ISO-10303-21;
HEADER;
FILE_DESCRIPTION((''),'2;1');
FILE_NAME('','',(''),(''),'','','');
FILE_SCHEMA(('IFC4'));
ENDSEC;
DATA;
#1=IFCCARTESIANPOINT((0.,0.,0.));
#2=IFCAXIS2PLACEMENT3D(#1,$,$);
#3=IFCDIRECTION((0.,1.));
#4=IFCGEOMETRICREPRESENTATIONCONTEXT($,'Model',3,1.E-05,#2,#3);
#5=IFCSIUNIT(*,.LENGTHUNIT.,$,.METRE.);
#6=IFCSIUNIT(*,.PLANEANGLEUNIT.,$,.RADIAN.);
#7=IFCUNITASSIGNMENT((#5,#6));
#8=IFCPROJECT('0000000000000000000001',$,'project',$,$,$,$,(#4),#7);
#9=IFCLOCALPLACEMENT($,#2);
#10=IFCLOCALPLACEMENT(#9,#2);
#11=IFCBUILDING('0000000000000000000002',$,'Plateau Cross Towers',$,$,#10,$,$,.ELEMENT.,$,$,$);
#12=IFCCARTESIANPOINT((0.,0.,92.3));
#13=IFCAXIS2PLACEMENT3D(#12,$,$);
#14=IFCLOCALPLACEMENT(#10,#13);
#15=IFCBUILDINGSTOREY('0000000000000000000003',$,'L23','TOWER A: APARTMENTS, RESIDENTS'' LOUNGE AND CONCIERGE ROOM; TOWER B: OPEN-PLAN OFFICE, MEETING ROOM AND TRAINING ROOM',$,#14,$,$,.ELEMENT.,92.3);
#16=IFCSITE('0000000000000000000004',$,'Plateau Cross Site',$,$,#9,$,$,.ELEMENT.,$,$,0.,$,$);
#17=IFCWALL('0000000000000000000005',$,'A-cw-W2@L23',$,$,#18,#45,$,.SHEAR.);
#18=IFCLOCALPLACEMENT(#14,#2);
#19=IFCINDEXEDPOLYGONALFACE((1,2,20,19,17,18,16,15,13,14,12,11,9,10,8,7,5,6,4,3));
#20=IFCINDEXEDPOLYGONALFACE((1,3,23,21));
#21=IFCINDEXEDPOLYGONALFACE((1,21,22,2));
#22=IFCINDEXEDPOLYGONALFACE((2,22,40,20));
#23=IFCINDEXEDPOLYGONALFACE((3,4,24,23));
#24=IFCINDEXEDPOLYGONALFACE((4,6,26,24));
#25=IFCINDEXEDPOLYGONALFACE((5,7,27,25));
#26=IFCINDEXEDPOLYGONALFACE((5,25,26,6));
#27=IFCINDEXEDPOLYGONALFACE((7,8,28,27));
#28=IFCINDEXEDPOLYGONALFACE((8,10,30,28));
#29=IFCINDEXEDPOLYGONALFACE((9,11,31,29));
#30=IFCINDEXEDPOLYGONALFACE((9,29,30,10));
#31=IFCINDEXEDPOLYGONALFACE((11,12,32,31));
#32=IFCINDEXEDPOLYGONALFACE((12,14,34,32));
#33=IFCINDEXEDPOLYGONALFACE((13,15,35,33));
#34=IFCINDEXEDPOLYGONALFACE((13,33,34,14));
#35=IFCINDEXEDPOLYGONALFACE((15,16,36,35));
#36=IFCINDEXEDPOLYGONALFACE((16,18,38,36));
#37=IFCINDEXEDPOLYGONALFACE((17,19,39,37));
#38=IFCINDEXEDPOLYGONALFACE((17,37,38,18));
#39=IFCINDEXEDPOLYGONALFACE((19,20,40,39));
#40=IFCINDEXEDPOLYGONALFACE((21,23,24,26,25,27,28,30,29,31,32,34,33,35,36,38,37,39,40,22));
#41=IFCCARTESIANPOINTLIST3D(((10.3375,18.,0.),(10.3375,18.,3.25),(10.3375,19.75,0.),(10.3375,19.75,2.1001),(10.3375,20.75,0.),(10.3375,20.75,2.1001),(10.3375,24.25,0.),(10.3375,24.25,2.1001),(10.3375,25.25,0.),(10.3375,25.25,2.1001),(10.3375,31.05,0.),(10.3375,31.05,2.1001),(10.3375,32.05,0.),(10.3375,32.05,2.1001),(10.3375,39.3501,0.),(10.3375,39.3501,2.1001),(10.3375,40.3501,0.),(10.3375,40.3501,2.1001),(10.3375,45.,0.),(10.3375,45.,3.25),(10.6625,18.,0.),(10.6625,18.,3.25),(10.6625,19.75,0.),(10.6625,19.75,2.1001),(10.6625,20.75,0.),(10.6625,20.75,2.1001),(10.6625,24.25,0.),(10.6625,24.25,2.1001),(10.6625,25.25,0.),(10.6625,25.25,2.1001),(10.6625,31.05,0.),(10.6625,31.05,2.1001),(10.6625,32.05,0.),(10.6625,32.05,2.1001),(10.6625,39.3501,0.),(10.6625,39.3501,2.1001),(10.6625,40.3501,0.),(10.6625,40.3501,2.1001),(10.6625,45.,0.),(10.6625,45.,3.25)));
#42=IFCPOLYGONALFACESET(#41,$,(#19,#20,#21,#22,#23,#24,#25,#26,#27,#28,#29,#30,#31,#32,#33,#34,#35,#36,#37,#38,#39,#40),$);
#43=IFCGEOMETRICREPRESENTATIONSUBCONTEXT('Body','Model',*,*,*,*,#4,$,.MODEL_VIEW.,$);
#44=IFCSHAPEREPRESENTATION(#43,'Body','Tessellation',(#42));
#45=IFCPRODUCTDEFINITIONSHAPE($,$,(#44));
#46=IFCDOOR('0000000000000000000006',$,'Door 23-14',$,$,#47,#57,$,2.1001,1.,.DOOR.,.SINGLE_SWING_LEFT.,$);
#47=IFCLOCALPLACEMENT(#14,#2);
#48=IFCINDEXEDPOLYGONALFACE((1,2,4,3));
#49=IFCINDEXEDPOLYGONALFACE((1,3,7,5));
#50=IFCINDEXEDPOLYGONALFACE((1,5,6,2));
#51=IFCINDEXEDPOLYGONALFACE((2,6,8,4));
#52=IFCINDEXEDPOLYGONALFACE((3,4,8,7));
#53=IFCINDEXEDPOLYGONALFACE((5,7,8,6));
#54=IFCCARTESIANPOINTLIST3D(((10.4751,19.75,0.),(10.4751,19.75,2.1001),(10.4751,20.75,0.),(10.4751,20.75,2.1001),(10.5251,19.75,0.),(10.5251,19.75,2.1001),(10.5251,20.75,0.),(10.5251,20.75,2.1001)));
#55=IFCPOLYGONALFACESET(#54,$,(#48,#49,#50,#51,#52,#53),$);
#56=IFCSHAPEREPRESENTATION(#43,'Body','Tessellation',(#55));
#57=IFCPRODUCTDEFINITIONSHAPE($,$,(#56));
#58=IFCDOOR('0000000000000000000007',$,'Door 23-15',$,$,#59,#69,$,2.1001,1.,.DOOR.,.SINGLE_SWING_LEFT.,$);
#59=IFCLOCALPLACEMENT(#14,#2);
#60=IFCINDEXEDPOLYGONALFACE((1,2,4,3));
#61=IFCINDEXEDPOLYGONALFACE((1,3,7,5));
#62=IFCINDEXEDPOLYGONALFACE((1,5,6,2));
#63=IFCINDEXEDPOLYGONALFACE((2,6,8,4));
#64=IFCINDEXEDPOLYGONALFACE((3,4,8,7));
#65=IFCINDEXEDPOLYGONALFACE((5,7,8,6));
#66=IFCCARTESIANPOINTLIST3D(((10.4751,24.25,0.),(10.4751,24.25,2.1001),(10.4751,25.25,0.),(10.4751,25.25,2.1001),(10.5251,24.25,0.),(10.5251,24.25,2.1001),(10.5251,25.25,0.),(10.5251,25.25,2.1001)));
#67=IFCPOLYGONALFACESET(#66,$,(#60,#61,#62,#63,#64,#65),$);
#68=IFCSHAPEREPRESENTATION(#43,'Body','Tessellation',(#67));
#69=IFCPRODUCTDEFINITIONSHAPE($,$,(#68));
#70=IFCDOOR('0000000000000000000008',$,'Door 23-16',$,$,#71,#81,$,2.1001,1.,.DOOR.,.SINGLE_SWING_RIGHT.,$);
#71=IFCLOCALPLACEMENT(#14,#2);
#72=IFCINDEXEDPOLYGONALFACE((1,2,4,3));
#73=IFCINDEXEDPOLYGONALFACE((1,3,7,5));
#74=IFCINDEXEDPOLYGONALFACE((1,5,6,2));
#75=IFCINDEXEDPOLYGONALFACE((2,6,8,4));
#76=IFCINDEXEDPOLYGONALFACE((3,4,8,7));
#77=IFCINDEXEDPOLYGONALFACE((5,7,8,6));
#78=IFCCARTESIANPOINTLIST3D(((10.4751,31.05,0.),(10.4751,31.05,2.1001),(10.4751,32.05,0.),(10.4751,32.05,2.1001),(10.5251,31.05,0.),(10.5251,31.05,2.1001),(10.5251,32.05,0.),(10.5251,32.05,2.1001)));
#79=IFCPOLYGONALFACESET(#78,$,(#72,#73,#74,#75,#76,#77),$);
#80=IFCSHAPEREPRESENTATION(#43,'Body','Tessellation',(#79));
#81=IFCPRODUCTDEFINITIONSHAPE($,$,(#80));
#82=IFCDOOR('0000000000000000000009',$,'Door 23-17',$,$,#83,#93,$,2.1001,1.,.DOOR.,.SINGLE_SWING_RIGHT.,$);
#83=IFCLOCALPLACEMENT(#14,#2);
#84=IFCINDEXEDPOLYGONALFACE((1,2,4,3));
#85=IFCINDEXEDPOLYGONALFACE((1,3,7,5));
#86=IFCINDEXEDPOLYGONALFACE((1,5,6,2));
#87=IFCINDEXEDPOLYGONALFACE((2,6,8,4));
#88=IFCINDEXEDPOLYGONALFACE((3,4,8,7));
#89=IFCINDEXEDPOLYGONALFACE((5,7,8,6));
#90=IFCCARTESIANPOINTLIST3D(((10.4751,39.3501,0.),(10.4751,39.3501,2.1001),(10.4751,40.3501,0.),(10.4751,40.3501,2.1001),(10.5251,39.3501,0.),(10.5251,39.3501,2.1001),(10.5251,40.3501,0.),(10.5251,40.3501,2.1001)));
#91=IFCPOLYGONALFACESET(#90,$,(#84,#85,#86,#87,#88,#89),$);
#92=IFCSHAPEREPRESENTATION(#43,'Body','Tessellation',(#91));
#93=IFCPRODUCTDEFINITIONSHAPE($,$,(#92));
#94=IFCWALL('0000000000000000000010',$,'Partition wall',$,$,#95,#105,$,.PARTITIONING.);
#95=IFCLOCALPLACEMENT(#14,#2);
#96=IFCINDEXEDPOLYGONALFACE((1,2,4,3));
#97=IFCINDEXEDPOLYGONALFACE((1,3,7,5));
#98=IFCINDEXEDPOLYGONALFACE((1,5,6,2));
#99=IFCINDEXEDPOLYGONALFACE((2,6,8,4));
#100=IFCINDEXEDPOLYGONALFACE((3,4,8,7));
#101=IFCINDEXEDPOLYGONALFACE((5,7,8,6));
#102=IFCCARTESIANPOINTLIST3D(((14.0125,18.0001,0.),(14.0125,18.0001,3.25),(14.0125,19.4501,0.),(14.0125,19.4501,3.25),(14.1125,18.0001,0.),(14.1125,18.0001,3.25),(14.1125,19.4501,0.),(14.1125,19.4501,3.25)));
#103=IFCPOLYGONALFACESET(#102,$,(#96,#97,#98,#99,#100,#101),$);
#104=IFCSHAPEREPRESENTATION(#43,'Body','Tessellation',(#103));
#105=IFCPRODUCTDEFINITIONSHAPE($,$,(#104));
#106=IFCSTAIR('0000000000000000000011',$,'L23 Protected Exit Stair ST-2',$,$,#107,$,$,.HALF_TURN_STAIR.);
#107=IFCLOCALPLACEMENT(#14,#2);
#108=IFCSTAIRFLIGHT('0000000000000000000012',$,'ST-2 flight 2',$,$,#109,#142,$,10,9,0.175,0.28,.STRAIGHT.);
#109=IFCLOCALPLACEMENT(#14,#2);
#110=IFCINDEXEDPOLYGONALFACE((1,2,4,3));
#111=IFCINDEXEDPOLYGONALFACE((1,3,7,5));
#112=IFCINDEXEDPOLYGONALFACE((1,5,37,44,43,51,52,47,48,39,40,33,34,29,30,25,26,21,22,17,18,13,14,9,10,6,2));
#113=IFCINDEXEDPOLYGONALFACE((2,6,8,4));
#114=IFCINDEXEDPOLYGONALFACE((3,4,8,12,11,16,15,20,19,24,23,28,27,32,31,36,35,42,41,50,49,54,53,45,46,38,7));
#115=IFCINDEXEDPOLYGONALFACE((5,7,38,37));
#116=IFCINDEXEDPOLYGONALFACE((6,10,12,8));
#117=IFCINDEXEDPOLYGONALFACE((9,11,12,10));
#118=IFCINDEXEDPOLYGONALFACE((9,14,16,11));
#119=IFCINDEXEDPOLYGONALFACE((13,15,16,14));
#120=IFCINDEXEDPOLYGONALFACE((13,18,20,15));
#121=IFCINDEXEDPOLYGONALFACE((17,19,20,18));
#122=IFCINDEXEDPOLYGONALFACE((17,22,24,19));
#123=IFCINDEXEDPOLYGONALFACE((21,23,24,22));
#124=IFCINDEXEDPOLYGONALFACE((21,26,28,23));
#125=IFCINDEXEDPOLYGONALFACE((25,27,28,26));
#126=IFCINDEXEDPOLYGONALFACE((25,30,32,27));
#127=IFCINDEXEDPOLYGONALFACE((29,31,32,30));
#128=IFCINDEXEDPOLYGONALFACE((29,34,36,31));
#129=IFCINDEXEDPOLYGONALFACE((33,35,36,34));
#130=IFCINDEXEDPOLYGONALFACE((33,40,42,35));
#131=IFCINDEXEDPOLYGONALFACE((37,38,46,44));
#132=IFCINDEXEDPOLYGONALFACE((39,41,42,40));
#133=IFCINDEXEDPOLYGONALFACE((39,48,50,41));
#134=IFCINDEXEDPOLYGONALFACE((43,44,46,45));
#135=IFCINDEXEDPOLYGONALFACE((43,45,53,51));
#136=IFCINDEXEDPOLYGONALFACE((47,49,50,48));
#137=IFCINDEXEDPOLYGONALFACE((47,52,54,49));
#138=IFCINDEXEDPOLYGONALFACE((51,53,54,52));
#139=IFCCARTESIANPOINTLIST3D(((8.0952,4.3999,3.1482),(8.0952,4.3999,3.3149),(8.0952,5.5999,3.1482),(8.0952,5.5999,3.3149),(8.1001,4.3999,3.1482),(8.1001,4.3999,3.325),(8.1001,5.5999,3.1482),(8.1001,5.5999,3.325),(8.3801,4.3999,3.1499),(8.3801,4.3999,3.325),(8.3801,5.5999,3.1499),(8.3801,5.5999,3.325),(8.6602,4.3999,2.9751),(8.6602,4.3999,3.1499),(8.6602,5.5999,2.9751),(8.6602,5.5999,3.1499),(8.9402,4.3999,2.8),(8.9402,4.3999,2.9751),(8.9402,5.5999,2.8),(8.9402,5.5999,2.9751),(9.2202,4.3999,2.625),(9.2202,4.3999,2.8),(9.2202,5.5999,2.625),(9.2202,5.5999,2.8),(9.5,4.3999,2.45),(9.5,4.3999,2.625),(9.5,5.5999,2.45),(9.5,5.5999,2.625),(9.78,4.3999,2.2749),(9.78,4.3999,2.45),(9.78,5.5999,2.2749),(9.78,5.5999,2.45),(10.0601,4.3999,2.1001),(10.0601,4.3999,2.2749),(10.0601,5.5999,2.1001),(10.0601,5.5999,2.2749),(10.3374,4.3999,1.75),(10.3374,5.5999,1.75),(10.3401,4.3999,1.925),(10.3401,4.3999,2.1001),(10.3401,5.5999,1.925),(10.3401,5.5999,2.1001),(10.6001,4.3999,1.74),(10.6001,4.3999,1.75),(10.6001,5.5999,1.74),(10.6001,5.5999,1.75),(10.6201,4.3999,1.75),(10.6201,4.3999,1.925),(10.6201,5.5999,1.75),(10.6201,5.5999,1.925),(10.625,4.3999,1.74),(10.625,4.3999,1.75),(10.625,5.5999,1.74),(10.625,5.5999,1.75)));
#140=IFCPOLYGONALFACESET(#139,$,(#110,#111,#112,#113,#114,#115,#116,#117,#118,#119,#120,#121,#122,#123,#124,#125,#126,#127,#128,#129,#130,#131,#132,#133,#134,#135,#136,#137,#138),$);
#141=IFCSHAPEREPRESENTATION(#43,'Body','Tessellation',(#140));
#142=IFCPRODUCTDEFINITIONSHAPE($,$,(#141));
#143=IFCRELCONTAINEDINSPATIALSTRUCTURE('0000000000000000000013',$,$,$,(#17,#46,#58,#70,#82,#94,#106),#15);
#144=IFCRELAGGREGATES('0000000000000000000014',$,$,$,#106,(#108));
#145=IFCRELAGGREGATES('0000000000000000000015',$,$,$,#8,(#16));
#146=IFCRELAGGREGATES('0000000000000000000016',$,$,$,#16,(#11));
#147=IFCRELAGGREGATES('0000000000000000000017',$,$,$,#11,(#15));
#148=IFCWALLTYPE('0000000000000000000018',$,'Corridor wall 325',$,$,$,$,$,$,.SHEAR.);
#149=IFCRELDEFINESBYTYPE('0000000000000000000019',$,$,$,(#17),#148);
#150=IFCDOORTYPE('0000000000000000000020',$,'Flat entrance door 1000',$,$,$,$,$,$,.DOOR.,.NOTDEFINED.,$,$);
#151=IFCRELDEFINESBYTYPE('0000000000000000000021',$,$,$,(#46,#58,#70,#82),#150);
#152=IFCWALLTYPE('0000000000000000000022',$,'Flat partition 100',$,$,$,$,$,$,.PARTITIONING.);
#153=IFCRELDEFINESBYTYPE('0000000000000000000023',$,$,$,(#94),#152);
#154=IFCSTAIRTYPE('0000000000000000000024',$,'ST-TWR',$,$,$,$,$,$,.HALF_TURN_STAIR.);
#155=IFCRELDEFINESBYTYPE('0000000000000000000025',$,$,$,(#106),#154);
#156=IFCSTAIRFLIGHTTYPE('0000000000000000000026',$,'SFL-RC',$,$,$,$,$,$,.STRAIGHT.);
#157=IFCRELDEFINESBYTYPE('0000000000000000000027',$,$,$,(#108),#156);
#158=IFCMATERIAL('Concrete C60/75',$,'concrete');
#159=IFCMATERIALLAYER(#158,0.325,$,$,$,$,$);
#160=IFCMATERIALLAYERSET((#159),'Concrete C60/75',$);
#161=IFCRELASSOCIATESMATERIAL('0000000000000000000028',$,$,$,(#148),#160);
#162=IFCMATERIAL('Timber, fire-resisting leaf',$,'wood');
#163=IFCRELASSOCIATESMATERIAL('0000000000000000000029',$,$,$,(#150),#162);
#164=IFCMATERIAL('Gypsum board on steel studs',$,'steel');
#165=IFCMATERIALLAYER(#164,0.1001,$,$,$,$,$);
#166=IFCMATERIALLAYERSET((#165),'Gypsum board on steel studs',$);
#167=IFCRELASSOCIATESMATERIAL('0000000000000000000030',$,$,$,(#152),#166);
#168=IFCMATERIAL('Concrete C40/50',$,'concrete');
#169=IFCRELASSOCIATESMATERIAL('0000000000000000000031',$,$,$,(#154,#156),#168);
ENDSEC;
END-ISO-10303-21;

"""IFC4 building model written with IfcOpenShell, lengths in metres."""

from ifc_helpers import new_model, si_unit, direction, frame, frame_2d, origin, place, context, subcontext, project, spatial, polyline, rectangle, outline, extrude, material, layer, layer_set, type_object, element, fill, aggregate, save


model = new_model("IFC4")

# Units and contexts
model_context = context("Model", 3, precision=1e-05, world=origin(), true_north=direction((0.0, 1.0)))
body_context = subcontext(model_context, "Body", "Model", "MODEL_VIEW")
ifc_project = project(units=[si_unit("LENGTHUNIT", "METRE"), si_unit("PLANEANGLEUNIT", "RADIAN")], contexts=[model_context])

# Site, building, storey
site_placement = place(None, origin())
site = spatial("IfcSite", under=ifc_project, at=site_placement, Name="Plateau Cross Site", CompositionType="ELEMENT", RefElevation=0.0)
building_placement = place(site_placement, origin())
building = spatial("IfcBuilding", under=site, at=building_placement, Name="Plateau Cross Towers", CompositionType="ELEMENT")
storey_placement = place(building_placement, frame((0.0, 0.0, 92.3)))
storey = spatial("IfcBuildingStorey", under=building, at=storey_placement, Name="L23", Description="TOWER A: APARTMENTS, RESIDENTS' LOUNGE AND CONCIERGE ROOM; TOWER B: OPEN-PLAN OFFICE, MEETING ROOM AND TRAINING ROOM", CompositionType="ELEMENT", Elevation=92.3)

# Shared definitions
ifc_material_1 = material(Name="Concrete C60/75", Category="concrete")

# Wall, openings, doors
ifc_layer_1 = layer(ifc_material_1, 0.325)
ifc_layer_set_1 = layer_set([ifc_layer_1], Name="Concrete C60/75")
wall_type_1 = type_object("IfcWallType", Name="Corridor wall 325", PredefinedType="SHEAR", material=ifc_layer_set_1)
ifc_material_2 = material(Name="Timber, fire-resisting leaf", Category="wood")
door_type_1 = type_object("IfcDoorType", Name="Flat entrance door 1000", OperationType="NOTDEFINED", PredefinedType="DOOR", material=ifc_material_2)
wall_1_placement = place(storey_placement, frame((10.5, 18.0, 0.0), z_axis=(0.0, 0.0, 1.0), x_axis=(0.0, 1.0, 0.0)))
wall_1 = element("IfcWall", 1, at=wall_1_placement, inside=storey, type_object=wall_type_1, Name="A-cw-W2@L23", PredefinedType="SHEAR", context=body_context, shape_type="SweptSolid", body=[
    extrude(rectangle(XDim=27.0, YDim=0.325, at=frame_2d((13.5, 0.0))), origin(), (0.0, 0.0, 1.0), 3.25),
])
opening_1_placement = place(wall_1_placement, frame((1.75, 0.0, 0.0)))
opening_1 = element("IfcOpeningElement", 2, at=opening_1_placement, cuts=wall_1, PredefinedType="OPENING", context=body_context, shape_type="SweptSolid", body=[
    extrude(rectangle(XDim=1.0, YDim=2.1001, at=frame_2d((0.5, 1.05))), frame((0.0, 0.1724, 0.0), z_axis=(0.0, -1.0, 0.0), x_axis=(1.0, 0.0, 0.0)), (0.0, 0.0, 1.0), 0.345),
])
opening_2_placement = place(wall_1_placement, frame((6.25, 0.0, 0.0)))
opening_2 = element("IfcOpeningElement", 3, at=opening_2_placement, cuts=wall_1, PredefinedType="OPENING", context=body_context, shape_type="SweptSolid", body=[
    extrude(rectangle(XDim=1.0, YDim=2.1001, at=frame_2d((0.5, 1.05))), frame((0.0, 0.1724, 0.0), z_axis=(0.0, -1.0, 0.0), x_axis=(1.0, 0.0, 0.0)), (0.0, 0.0, 1.0), 0.345),
])
opening_3_placement = place(wall_1_placement, frame((13.05, 0.0, 0.0)))
opening_3 = element("IfcOpeningElement", 4, at=opening_3_placement, cuts=wall_1, PredefinedType="OPENING", context=body_context, shape_type="SweptSolid", body=[
    extrude(rectangle(XDim=1.0, YDim=2.1001, at=frame_2d((0.5, 1.05))), frame((0.0, 0.1724, 0.0), z_axis=(0.0, -1.0, 0.0), x_axis=(1.0, 0.0, 0.0)), (0.0, 0.0, 1.0), 0.345),
])
opening_4_placement = place(wall_1_placement, frame((21.3501, 0.0, 0.0)))
opening_4 = element("IfcOpeningElement", 5, at=opening_4_placement, cuts=wall_1, PredefinedType="OPENING", context=body_context, shape_type="SweptSolid", body=[
    extrude(rectangle(XDim=1.0, YDim=2.1001, at=frame_2d((0.5, 1.05))), frame((0.0, 0.1724, 0.0), z_axis=(0.0, -1.0, 0.0), x_axis=(1.0, 0.0, 0.0)), (0.0, 0.0, 1.0), 0.345),
])
door_1_placement = place(opening_1_placement, origin())
door_1 = element("IfcDoor", 6, at=door_1_placement, inside=storey, type_object=door_type_1, Name="Door 23-14", OperationType="SINGLE_SWING_LEFT", OverallHeight=2.1001, OverallWidth=1.0, PredefinedType="DOOR", context=body_context, shape_type="SweptSolid", body=[
    extrude(rectangle(XDim=1.0, YDim=2.1001, at=frame_2d((0.5, 1.05))), frame((0.0, 0.0249, 0.0), z_axis=(0.0, -1.0, 0.0), x_axis=(1.0, 0.0, 0.0)), (0.0, 0.0, 1.0), 0.05),
])
fill(opening_1, door_1)
door_2_placement = place(opening_2_placement, origin())
door_2 = element("IfcDoor", 7, at=door_2_placement, inside=storey, type_object=door_type_1, Name="Door 23-15", OperationType="SINGLE_SWING_LEFT", OverallHeight=2.1001, OverallWidth=1.0, PredefinedType="DOOR", context=body_context, shape_type="SweptSolid", body=[
    extrude(rectangle(XDim=1.0, YDim=2.1001, at=frame_2d((0.5, 1.05))), frame((0.0, 0.0249, 0.0), z_axis=(0.0, -1.0, 0.0), x_axis=(1.0, 0.0, 0.0)), (0.0, 0.0, 1.0), 0.05),
])
fill(opening_2, door_2)
door_3_placement = place(opening_3_placement, origin())
door_3 = element("IfcDoor", 8, at=door_3_placement, inside=storey, type_object=door_type_1, Name="Door 23-16", OperationType="SINGLE_SWING_RIGHT", OverallHeight=2.1001, OverallWidth=1.0, PredefinedType="DOOR", context=body_context, shape_type="SweptSolid", body=[
    extrude(rectangle(XDim=1.0, YDim=2.1001, at=frame_2d((0.5, 1.05))), frame((0.0, 0.0249, 0.0), z_axis=(0.0, -1.0, 0.0), x_axis=(1.0, 0.0, 0.0)), (0.0, 0.0, 1.0), 0.05),
])
fill(opening_3, door_3)
door_4_placement = place(opening_4_placement, origin())
door_4 = element("IfcDoor", 9, at=door_4_placement, inside=storey, type_object=door_type_1, Name="Door 23-17", OperationType="SINGLE_SWING_RIGHT", OverallHeight=2.1001, OverallWidth=1.0, PredefinedType="DOOR", context=body_context, shape_type="SweptSolid", body=[
    extrude(rectangle(XDim=1.0, YDim=2.1001, at=frame_2d((0.5, 1.05))), frame((0.0, 0.0249, 0.0), z_axis=(0.0, -1.0, 0.0), x_axis=(1.0, 0.0, 0.0)), (0.0, 0.0, 1.0), 0.05),
])
fill(opening_4, door_4)

# Wall
ifc_material_3 = material(Name="Gypsum board on steel studs", Category="steel")
ifc_layer_2 = layer(ifc_material_3, 0.1001)
ifc_layer_set_2 = layer_set([ifc_layer_2], Name="Gypsum board on steel studs")
wall_type_2 = type_object("IfcWallType", Name="Flat partition 100", PredefinedType="PARTITIONING", material=ifc_layer_set_2)
wall_2_placement = place(storey_placement, frame((14.0625, 18.0, 0.0), z_axis=(0.0, 0.0, 1.0), x_axis=(0.0, 1.0, 0.0)))
element("IfcWall", 10, at=wall_2_placement, inside=storey, type_object=wall_type_2, Name="Partition wall", PredefinedType="PARTITIONING", context=body_context, shape_type="SweptSolid", body=[
    extrude(rectangle(XDim=1.45, YDim=0.1001, at=frame_2d((0.7251, 0.0))), origin(), (0.0, 0.0, 1.0), 3.25),
])

# Stair, stair flight
ifc_material_4 = material(Name="Concrete C40/50", Category="concrete")
stair_type = type_object("IfcStairType", Name="ST-TWR", PredefinedType="HALF_TURN_STAIR", material=ifc_material_4)
stair_placement = place(storey_placement, origin())
stair = element("IfcStair", 11, at=stair_placement, inside=storey, type_object=stair_type, Name="L23 Protected Exit Stair ST-2", PredefinedType="HALF_TURN_STAIR")
stair_flight_type = type_object("IfcStairFlightType", Name="SFL-RC", PredefinedType="STRAIGHT", material=ifc_material_4)
stair_flight_placement = place(storey_placement, frame((10.6201, 5.0, 1.75), z_axis=(0.0, 0.0, 1.0), x_axis=(-1.0, 0.0, 0.0)))
stair_flight = element("IfcStairFlight", 12, at=stair_flight_placement, type_object=stair_flight_type, Name="ST-2 flight 2", NumberOfRisers=10, NumberOfTreads=9, PredefinedType="STRAIGHT", RiserHeight=0.175, TreadLength=0.28, context=body_context, shape_type="SweptSolid", body=[
    extrude(outline(polyline([(-0.0049, -0.01), (-0.0049, 0.0), (0.0, 0.0), (0.0, 0.175), (0.28, 0.175), (0.28, 0.3501), (0.5601, 0.3501), (0.5601, 0.5249), (0.8401, 0.5249), (0.8401, 0.7), (1.1201, 0.7), (1.1201, 0.875), (1.3999, 0.875), (1.3999, 1.05), (1.6799, 1.05), (1.6799, 1.2251), (1.96, 1.2251), (1.96, 1.3999), (2.24, 1.3999), (2.24, 1.575), (2.52, 1.575), (2.5249, 1.5649), (2.5249, 1.3982), (2.52, 1.3982), (0.2827, 0.0), (0.02, 0.0), (0.02, -0.01), (-0.0049, -0.01)])), frame((0.0, 0.6001, 0.0), z_axis=(0.0, -1.0, 0.0), x_axis=(1.0, 0.0, 0.0)), (0.0, 0.0, 1.0), 1.2),
])
aggregate(stair, [stair_flight])

save(model, "model.ifc")
